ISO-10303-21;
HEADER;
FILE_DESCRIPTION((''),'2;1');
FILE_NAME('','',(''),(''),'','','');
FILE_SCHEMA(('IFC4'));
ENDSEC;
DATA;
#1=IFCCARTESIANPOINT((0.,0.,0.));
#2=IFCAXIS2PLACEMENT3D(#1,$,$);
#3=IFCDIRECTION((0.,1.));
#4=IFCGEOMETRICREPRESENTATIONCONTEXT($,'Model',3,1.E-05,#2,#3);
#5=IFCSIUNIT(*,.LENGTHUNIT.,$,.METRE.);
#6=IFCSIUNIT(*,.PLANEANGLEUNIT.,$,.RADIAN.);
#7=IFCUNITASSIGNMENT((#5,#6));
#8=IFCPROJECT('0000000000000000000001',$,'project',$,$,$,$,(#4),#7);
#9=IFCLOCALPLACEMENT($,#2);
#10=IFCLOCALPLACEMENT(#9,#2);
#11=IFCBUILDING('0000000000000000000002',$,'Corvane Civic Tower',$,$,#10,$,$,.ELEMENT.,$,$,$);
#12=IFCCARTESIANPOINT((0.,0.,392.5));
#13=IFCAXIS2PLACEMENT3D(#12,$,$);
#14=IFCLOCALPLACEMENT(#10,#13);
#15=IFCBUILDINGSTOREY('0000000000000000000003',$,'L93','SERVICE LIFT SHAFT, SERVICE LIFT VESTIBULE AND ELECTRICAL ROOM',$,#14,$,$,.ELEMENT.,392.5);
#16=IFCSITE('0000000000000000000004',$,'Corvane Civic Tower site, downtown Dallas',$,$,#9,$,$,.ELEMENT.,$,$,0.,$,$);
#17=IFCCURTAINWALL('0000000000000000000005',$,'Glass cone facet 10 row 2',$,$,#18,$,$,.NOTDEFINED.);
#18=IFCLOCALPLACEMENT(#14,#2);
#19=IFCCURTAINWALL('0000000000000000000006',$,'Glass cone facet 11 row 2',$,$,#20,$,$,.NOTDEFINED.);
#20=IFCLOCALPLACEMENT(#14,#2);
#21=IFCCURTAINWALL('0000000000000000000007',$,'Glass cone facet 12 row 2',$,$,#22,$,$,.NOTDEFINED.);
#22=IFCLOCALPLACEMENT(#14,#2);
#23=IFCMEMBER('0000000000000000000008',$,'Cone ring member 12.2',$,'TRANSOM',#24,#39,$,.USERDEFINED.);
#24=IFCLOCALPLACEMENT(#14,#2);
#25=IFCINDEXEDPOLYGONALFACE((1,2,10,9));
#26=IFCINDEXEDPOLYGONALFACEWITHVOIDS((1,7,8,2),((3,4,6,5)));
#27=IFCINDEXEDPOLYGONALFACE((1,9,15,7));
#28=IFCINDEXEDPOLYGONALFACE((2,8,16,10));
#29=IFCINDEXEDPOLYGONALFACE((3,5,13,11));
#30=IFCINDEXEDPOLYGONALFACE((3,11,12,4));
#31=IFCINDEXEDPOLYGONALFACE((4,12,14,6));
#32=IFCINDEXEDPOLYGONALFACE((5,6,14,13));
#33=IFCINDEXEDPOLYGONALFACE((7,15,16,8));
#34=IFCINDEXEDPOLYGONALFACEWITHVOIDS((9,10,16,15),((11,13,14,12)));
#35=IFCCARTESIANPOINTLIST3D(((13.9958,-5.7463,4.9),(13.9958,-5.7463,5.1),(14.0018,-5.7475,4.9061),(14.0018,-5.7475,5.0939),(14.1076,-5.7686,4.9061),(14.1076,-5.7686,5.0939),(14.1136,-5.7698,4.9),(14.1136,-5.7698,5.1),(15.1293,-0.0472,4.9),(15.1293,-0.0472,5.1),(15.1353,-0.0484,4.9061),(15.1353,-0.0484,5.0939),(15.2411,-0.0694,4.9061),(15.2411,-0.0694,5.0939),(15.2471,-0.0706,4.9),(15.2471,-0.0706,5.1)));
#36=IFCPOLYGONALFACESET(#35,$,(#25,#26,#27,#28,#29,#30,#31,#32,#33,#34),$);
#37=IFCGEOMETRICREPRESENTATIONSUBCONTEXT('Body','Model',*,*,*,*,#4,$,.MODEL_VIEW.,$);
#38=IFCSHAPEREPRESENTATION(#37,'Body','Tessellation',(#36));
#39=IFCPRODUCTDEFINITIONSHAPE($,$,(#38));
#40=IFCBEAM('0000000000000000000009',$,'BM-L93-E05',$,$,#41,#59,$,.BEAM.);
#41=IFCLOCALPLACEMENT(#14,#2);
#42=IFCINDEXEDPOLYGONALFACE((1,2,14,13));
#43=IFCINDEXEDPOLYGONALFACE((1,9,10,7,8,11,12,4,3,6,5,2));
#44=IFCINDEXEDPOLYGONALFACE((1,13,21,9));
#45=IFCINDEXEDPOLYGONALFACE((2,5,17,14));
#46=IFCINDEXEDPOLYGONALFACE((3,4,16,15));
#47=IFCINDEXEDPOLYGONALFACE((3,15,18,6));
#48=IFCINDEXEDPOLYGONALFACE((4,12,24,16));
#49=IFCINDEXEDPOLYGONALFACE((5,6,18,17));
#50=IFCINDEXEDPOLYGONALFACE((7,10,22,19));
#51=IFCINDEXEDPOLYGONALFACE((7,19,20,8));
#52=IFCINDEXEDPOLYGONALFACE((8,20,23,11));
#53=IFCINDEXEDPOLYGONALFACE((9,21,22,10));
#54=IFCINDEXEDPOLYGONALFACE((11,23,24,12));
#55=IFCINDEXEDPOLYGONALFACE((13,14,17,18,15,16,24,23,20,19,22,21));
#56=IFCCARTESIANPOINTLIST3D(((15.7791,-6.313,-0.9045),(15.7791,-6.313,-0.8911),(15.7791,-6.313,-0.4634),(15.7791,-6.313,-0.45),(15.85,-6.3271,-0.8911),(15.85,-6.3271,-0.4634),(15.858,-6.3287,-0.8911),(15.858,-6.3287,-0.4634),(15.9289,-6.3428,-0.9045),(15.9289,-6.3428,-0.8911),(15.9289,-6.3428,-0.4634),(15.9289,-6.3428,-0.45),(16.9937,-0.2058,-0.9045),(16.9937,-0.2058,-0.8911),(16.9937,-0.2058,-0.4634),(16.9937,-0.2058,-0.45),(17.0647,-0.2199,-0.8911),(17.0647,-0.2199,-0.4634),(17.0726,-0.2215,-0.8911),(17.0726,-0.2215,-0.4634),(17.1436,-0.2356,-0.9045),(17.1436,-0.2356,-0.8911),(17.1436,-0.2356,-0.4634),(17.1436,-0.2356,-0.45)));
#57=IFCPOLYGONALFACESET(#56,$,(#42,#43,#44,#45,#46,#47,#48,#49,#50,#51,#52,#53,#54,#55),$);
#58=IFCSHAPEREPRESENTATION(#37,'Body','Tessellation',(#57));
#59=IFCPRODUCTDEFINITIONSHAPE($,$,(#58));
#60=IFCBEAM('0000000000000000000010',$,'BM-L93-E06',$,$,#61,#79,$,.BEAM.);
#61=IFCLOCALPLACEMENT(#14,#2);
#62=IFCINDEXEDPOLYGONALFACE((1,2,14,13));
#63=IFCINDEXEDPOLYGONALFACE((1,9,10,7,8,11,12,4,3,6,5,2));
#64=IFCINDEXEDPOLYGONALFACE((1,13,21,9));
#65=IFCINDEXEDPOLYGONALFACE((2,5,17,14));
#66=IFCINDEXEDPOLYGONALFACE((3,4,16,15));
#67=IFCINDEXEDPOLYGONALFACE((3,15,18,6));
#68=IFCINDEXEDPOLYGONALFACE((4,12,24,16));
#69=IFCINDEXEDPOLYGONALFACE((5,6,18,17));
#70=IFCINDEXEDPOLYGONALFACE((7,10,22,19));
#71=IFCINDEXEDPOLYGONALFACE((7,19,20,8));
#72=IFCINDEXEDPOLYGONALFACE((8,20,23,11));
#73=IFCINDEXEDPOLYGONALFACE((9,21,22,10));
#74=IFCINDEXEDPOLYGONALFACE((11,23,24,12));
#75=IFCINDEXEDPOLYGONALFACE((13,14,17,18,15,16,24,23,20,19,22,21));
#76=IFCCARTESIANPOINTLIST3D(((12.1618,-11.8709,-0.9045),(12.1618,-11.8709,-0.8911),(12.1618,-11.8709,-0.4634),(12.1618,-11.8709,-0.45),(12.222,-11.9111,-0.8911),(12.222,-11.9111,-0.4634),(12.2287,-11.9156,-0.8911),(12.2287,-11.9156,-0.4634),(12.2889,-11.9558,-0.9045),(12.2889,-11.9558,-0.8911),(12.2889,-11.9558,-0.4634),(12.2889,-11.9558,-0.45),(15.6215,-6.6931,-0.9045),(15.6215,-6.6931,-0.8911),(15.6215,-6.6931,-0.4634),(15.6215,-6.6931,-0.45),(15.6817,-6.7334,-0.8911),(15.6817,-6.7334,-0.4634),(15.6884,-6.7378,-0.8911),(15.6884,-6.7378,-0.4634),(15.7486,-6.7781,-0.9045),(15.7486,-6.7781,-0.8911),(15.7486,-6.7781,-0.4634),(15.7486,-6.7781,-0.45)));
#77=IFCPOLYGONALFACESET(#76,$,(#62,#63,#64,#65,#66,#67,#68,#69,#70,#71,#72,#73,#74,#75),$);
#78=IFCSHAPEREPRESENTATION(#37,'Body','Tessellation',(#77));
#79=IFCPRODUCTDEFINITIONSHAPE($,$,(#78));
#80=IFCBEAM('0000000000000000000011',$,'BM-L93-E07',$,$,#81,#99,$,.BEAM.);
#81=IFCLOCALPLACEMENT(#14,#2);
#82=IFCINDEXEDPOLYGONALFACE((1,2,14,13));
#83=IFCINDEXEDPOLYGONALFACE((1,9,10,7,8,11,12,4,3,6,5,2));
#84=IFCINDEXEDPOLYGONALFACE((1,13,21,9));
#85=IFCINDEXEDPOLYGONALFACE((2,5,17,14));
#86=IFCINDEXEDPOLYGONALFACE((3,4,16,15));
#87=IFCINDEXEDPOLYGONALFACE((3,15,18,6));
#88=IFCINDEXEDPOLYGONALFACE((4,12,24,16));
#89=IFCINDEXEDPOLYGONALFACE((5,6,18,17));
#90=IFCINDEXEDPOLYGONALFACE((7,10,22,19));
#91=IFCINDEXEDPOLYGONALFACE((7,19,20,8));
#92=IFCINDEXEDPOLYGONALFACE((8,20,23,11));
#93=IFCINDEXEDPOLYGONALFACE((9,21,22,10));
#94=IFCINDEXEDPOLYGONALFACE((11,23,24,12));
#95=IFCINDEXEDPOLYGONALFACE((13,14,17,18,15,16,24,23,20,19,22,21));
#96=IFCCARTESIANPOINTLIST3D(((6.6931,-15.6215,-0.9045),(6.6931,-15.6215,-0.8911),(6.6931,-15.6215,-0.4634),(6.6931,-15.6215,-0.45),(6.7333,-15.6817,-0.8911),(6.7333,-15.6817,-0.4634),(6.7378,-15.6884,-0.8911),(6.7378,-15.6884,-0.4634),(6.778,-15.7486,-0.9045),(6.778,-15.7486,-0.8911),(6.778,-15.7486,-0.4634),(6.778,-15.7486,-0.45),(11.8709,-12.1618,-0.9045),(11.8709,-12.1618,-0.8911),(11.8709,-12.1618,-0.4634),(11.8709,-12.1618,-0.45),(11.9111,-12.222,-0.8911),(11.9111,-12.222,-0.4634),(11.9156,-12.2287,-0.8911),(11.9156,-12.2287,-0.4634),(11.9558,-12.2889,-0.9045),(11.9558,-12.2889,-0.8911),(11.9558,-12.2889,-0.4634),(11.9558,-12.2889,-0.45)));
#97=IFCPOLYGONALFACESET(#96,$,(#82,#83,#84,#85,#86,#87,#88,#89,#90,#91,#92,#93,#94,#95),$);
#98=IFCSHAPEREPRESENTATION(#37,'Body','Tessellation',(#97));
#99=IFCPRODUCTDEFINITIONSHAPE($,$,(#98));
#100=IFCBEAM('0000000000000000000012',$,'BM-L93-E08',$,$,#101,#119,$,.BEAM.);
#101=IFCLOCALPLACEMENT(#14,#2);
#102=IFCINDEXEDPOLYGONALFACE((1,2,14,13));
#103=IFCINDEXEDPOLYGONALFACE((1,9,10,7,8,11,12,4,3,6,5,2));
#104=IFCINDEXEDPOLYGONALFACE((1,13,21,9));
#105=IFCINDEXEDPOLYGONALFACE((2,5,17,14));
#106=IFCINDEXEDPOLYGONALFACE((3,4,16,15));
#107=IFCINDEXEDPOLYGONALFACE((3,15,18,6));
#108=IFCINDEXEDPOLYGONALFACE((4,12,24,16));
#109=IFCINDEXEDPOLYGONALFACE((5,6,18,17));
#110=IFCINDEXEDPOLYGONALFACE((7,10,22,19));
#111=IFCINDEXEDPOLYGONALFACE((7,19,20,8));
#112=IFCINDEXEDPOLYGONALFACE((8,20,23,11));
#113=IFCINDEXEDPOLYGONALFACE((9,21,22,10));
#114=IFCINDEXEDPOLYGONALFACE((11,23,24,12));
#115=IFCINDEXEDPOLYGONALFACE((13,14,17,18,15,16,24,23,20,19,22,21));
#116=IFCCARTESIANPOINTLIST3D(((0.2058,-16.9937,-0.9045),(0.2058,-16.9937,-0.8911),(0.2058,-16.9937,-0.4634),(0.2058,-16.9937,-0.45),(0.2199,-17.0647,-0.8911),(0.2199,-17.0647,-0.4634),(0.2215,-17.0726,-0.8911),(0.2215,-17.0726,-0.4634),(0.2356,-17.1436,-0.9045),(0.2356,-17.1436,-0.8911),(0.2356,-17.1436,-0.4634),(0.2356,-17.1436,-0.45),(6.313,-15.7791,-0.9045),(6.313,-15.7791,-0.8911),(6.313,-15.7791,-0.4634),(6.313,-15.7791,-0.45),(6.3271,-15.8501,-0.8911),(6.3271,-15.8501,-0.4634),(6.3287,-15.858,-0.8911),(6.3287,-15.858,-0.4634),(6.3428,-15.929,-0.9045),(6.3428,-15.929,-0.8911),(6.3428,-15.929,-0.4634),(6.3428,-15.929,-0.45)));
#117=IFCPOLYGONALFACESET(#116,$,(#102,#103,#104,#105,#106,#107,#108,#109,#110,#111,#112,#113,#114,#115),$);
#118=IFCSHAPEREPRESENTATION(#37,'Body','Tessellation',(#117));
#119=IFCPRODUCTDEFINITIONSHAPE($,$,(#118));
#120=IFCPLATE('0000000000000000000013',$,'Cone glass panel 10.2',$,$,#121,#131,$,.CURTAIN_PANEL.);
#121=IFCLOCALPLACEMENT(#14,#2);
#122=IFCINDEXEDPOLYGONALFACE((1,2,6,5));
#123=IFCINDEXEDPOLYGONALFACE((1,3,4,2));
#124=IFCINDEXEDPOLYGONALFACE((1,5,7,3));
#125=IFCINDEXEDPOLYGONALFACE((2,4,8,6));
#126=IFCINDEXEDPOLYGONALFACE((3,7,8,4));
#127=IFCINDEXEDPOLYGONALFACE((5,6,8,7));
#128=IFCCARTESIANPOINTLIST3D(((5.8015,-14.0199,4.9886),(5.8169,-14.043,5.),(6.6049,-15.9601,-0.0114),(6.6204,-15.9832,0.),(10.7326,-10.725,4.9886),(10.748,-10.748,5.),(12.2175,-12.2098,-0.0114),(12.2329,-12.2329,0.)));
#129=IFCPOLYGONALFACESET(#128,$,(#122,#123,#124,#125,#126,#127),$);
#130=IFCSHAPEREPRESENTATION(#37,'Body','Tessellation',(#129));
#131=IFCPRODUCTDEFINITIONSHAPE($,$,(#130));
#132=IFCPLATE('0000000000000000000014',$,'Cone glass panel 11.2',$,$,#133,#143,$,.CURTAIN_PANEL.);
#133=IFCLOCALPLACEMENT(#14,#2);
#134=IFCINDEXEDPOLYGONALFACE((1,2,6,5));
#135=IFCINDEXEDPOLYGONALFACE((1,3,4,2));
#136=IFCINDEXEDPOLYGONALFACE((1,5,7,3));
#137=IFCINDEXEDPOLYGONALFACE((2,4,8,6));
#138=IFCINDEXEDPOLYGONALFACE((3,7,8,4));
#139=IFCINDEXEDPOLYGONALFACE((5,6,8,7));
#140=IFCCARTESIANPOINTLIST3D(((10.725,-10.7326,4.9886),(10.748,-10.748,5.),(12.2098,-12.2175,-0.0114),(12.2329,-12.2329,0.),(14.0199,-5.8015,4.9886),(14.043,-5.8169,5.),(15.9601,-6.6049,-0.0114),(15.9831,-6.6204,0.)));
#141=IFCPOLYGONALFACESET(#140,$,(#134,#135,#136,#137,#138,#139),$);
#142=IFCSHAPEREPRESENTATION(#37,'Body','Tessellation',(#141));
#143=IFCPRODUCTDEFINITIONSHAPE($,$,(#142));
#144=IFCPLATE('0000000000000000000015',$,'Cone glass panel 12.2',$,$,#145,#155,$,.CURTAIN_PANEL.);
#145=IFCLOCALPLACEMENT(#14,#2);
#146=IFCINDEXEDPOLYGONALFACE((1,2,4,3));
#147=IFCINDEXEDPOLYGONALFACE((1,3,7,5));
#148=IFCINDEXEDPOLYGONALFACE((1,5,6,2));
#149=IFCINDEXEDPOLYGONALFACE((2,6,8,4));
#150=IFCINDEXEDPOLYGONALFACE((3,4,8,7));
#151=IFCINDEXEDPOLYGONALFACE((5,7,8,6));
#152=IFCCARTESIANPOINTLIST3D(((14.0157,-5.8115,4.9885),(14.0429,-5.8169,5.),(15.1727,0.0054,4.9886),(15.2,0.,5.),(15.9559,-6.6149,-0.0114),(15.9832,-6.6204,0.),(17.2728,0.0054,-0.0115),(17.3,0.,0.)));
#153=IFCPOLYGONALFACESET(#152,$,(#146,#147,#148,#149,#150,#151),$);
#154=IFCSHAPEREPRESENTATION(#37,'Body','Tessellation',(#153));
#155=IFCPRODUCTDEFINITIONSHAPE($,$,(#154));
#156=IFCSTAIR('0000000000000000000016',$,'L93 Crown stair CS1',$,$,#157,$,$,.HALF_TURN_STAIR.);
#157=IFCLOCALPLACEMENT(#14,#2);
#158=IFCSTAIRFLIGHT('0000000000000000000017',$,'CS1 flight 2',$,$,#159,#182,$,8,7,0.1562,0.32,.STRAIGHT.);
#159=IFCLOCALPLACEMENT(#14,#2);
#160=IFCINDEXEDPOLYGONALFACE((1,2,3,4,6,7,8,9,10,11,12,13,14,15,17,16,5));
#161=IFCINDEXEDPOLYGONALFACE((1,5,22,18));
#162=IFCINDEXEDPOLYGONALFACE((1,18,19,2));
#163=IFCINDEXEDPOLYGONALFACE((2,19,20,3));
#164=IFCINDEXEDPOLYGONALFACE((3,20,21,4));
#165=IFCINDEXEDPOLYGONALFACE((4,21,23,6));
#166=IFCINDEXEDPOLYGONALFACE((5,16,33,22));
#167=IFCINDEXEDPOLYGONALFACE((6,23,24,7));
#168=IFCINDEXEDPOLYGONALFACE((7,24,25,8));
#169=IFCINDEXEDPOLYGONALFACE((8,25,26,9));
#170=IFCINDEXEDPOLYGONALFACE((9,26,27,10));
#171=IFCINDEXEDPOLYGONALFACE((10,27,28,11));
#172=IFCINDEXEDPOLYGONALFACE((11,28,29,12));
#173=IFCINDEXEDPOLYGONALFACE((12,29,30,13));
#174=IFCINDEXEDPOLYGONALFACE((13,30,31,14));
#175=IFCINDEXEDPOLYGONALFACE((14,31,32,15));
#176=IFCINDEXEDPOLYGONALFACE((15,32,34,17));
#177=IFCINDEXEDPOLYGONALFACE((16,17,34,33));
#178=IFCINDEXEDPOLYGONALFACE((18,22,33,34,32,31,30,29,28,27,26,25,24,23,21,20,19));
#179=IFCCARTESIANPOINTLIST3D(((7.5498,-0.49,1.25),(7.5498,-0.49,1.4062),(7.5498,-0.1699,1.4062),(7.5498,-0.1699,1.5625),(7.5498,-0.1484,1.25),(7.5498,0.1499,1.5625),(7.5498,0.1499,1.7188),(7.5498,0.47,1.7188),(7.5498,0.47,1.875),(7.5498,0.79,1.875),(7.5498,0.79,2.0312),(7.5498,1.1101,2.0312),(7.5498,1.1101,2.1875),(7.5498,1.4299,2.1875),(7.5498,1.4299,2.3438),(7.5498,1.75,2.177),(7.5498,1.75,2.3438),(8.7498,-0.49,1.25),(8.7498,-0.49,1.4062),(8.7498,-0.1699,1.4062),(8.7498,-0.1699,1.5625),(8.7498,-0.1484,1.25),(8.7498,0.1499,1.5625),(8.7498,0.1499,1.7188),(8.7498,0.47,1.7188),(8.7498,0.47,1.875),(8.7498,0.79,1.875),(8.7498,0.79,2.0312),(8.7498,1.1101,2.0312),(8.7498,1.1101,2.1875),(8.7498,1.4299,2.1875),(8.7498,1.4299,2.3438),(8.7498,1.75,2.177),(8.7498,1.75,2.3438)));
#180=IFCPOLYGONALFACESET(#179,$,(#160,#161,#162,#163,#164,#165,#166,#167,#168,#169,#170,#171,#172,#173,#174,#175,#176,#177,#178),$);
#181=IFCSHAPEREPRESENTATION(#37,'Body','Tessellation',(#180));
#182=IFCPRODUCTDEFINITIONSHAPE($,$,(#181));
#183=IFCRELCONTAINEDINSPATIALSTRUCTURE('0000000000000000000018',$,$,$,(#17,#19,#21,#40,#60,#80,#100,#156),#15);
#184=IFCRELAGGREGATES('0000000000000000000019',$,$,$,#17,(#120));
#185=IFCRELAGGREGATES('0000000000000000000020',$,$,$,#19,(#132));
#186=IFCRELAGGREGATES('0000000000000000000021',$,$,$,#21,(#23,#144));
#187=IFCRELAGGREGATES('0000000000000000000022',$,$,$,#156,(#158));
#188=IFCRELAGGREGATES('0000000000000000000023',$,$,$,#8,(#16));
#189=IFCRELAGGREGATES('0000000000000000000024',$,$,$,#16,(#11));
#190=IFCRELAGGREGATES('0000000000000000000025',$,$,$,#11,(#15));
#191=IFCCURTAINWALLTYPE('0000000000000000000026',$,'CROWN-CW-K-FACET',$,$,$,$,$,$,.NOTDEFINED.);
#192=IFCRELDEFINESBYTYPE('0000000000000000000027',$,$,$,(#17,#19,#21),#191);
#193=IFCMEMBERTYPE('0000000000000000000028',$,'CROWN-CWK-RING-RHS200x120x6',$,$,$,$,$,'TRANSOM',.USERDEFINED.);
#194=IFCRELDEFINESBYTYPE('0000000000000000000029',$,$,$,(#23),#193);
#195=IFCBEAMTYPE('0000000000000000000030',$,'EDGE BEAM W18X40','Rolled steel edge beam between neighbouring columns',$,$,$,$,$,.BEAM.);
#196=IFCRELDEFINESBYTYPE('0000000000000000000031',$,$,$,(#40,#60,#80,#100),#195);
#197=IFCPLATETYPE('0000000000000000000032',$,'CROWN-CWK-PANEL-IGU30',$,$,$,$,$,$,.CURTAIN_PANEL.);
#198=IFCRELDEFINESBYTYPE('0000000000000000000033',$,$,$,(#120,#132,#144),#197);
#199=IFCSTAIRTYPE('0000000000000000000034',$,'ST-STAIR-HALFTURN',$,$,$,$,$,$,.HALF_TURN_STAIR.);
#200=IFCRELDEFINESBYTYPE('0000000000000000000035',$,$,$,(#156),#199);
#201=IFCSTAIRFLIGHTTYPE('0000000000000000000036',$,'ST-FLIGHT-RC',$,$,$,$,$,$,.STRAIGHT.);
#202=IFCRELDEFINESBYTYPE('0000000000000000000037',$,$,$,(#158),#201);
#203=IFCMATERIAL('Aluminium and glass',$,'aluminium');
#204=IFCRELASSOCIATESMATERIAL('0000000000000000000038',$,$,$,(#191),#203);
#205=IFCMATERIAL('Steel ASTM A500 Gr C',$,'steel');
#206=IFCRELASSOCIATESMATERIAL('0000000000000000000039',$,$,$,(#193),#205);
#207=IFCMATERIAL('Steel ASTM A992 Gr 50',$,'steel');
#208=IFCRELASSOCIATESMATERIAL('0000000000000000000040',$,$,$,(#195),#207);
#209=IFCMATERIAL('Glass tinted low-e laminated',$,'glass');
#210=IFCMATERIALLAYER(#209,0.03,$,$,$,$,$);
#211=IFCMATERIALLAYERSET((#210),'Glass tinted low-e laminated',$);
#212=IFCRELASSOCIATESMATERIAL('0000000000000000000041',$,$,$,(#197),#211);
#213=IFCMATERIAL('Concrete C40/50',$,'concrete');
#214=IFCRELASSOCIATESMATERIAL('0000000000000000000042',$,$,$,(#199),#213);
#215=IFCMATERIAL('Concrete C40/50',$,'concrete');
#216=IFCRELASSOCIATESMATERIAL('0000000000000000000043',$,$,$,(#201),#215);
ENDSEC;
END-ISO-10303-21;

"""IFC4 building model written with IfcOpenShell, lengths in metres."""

from ifc_helpers import new_model, si_unit, direction, frame, origin, origin_2d, place, context, subcontext, project, spatial, polyline, hollow_rectangle, i_section, outline, extrude, material, layer, layer_set, material_profile, profile_set, type_object, element, aggregate, save


model = new_model("IFC4")

# Units and contexts
model_context = context("Model", 3, precision=1e-05, world=origin(), true_north=direction((0.0, 1.0)))
body_context = subcontext(model_context, "Body", "Model", "MODEL_VIEW")
ifc_project = project(units=[si_unit("LENGTHUNIT", "METRE"), si_unit("PLANEANGLEUNIT", "RADIAN")], contexts=[model_context])

# Site, building, storey
site_placement = place(None, origin())
site = spatial("IfcSite", under=ifc_project, at=site_placement, Name="Corvane Civic Tower site, downtown Dallas", CompositionType="ELEMENT", RefElevation=0.0)
building_placement = place(site_placement, origin())
building = spatial("IfcBuilding", under=site, at=building_placement, Name="Corvane Civic Tower", CompositionType="ELEMENT")
storey_placement = place(building_placement, frame((0.0, 0.0, 392.5)))
storey = spatial("IfcBuildingStorey", under=building, at=storey_placement, Name="L93", Description="SERVICE LIFT SHAFT, SERVICE LIFT VESTIBULE AND ELECTRICAL ROOM", CompositionType="ELEMENT", Elevation=392.5)

# Shared definitions
ifc_material_1 = material(Name="Aluminium and glass", Category="aluminium")
curtain_wall_type = type_object("IfcCurtainWallType", Name="CROWN-CW-K-FACET", PredefinedType="NOTDEFINED", material=ifc_material_1)

# Curtain walls
curtain_wall_1_placement = place(storey_placement, origin())
curtain_wall_1 = element("IfcCurtainWall", 1, at=curtain_wall_1_placement, inside=storey, type_object=curtain_wall_type, Name="Glass cone facet 10 row 2", PredefinedType="NOTDEFINED")
curtain_wall_2_placement = place(storey_placement, origin())
curtain_wall_2 = element("IfcCurtainWall", 2, at=curtain_wall_2_placement, inside=storey, type_object=curtain_wall_type, Name="Glass cone facet 11 row 2", PredefinedType="NOTDEFINED")
curtain_wall_3_placement = place(storey_placement, origin())
curtain_wall_3 = element("IfcCurtainWall", 3, at=curtain_wall_3_placement, inside=storey, type_object=curtain_wall_type, Name="Glass cone facet 12 row 2", PredefinedType="NOTDEFINED")

# Member
ifc_material_2 = material(Name="Steel ASTM A500 Gr C", Category="steel")
ifc_material_profile_1 = material_profile(ifc_material_2, hollow_rectangle(XDim=0.1201, YDim=0.2, WallThickness=0.0061, at=origin_2d()), Name="RHS 200x120x6")
ifc_profile_set_1 = profile_set([ifc_material_profile_1], Name="Steel ASTM A500 Gr C")
member_type_1 = type_object("IfcMemberType", Name="CROWN-CWK-RING-RHS200x120x6", ElementType="TRANSOM", PredefinedType="USERDEFINED", material=ifc_profile_set_1)
member_1_placement = place(storey_placement, frame((14.0547, -5.7581, 5.0), z_axis=(0.195074, 0.980789, 0.0), x_axis=(-0.980789, 0.195074, 0.0)))
member_1 = element("IfcMember", 4, at=member_1_placement, type_object=member_type_1, Name="Cone ring member 12.2", ObjectType="TRANSOM", PredefinedType="USERDEFINED", context=body_context, shape_type="SweptSolid", body=[
    extrude(hollow_rectangle(XDim=0.1201, YDim=0.2, WallThickness=0.0061, at=origin_2d()), origin(), (0.0, 0.0, 1.0), 5.8108),
])

# Beams
ifc_material_3 = material(Name="Steel ASTM A992 Gr 50", Category="steel")
ifc_material_profile_2 = material_profile(ifc_material_3, i_section(OverallWidth=0.1528, OverallDepth=0.4546, WebThickness=0.0081, FlangeThickness=0.0134, at=origin_2d()), Name="W18X40")
ifc_profile_set_2 = profile_set([ifc_material_profile_2], Name="Steel ASTM A992 Gr 50")
beam_type = type_object("IfcBeamType", Name="EDGE BEAM W18X40", Description="Rolled steel edge beam between neighbouring columns", PredefinedType="BEAM", material=ifc_profile_set_2)
beam_1_placement = place(storey_placement, frame((17.0686, -0.2207, -0.6772), z_axis=(-0.19506, -0.980791, 0.0), x_axis=(0.980791, -0.19506, 0.0)))
element("IfcBeam", 5, at=beam_1_placement, inside=storey, type_object=beam_type, Name="BM-L93-E05", PredefinedType="BEAM", context=body_context, shape_type="SweptSolid", body=[
    extrude(i_section(OverallWidth=0.1528, OverallDepth=0.4546, WebThickness=0.0081, FlangeThickness=0.0134, at=origin_2d()), origin(), (0.0, 0.0, 1.0), 6.2268),
])
for number, where, z_axis, x_axis, name in (
    (6, (15.6851, -6.7356, -0.6772), (-0.555577, -0.831465, 0.0), (0.831465, -0.555577, 0.0), "BM-L93-E06"),
    (7, (11.9133, -12.2253, -0.6772), (-0.831465, -0.555577, 0.0), (0.555577, -0.831465, 0.0), "BM-L93-E07"),
):
    element("IfcBeam", number, at=place(storey_placement, frame(where, z_axis=z_axis, x_axis=x_axis)), inside=storey, type_object=beam_type, Name=name, PredefinedType="BEAM", context=body_context, shape_type="SweptSolid", body=[
        extrude(i_section(OverallWidth=0.1528, OverallDepth=0.4546, WebThickness=0.0081, FlangeThickness=0.0134, at=origin_2d()), origin(), (0.0, 0.0, 1.0), 6.2273),
    ])
beam_2_placement = place(storey_placement, frame((6.3279, -15.854, -0.6772), z_axis=(-0.980791, -0.19506, 0.0), x_axis=(0.19506, -0.980791, 0.0)))
element("IfcBeam", 8, at=beam_2_placement, inside=storey, type_object=beam_type, Name="BM-L93-E08", PredefinedType="BEAM", context=body_context, shape_type="SweptSolid", body=[
    extrude(i_section(OverallWidth=0.1528, OverallDepth=0.4546, WebThickness=0.0081, FlangeThickness=0.0134, at=origin_2d()), origin(), (0.0, 0.0, 1.0), 6.2268),
])

# Plates
ifc_material_4 = material(Name="Glass tinted low-e laminated", Category="glass")
ifc_layer = layer(ifc_material_4, 0.03)
ifc_layer_set = layer_set([ifc_layer], Name="Glass tinted low-e laminated")
plate_type = type_object("IfcPlateType", Name="CROWN-CWK-PANEL-IGU30", PredefinedType="CURTAIN_PANEL", material=ifc_layer_set)
plate_1_placement = place(storey_placement, frame((6.6204, -15.9832, 0.0), z_axis=(0.513701, -0.768798, 0.380869), x_axis=(0.831466, 0.555575, 0.0)))
plate_1 = element("IfcPlate", 9, at=plate_1_placement, type_object=plate_type, Name="Cone glass panel 10.2", PredefinedType="CURTAIN_PANEL", context=body_context, shape_type="SweptSolid", body=[
    extrude(outline(polyline([(0.0, 0.0), (6.7502, 0.0), (6.3405, 5.4076), (0.4099, 5.4076), (0.0, 0.0)])), origin(), (0.0, 0.0, -1.0), 0.03),
])
aggregate(curtain_wall_1, [plate_1])
plate_2_placement = place(storey_placement, frame((12.2329, -12.2329, 0.0), z_axis=(0.768798, -0.513701, 0.380869), x_axis=(0.555575, 0.831466, 0.0)))
plate_2 = element("IfcPlate", 10, at=plate_2_placement, type_object=plate_type, Name="Cone glass panel 11.2", PredefinedType="CURTAIN_PANEL", context=body_context, shape_type="SweptSolid", body=[
    extrude(outline(polyline([(0.0, 0.0), (6.7502, 0.0), (6.3403, 5.4076), (0.4097, 5.4076), (0.0, 0.0)])), origin(), (0.0, 0.0, -1.0), 0.03),
])
aggregate(curtain_wall_2, [plate_2])
plate_3_placement = place(storey_placement, frame((15.9832, -6.6204, 0.0), z_axis=(0.906855, -0.180381, 0.380888), x_axis=(0.195088, 0.980786, -0.000002)))
plate_3 = element("IfcPlate", 11, at=plate_3_placement, type_object=plate_type, Name="Cone glass panel 12.2", PredefinedType="CURTAIN_PANEL", context=body_context, shape_type="SweptSolid", body=[
    extrude(outline(polyline([(0.0, 0.0), (6.7501, 0.0), (6.3404, 5.4076), (0.4095, 5.4076), (0.0, 0.0)])), origin(), (0.0, 0.0, -1.0), 0.03),
])
aggregate(curtain_wall_3, [member_1, plate_3])

# Stair, stair flight
ifc_material_5 = material(Name="Concrete C40/50", Category="concrete")
stair_type = type_object("IfcStairType", Name="ST-STAIR-HALFTURN", PredefinedType="HALF_TURN_STAIR", material=ifc_material_5)
stair_placement = place(storey_placement, origin())
stair = element("IfcStair", 12, at=stair_placement, inside=storey, type_object=stair_type, Name="L93 Crown stair CS1", PredefinedType="HALF_TURN_STAIR")
ifc_material_6 = material(Name="Concrete C40/50", Category="concrete")
stair_flight_type = type_object("IfcStairFlightType", Name="ST-FLIGHT-RC", PredefinedType="STRAIGHT", material=ifc_material_6)
stair_flight_1_placement = place(storey_placement, frame((8.1499, -0.49, 1.25), z_axis=(0.0, 0.0, 1.0), x_axis=(0.0, 1.0, 0.0)))
stair_flight_1 = element("IfcStairFlight", 13, at=stair_flight_1_placement, type_object=stair_flight_type, Name="CS1 flight 2", NumberOfRisers=8, NumberOfTreads=7, PredefinedType="STRAIGHT", RiserHeight=0.1562, TreadLength=0.32, context=body_context, shape_type="SweptSolid", body=[
    extrude(outline(polyline([(0.0, 0.0), (0.0, 0.1562), (0.3201, 0.1562), (0.3201, 0.3125), (0.6399, 0.3125), (0.6399, 0.4688), (0.96, 0.4688), (0.96, 0.625), (1.28, 0.625), (1.28, 0.7812), (1.6001, 0.7812), (1.6001, 0.9375), (1.9199, 0.9375), (1.9199, 1.0938), (2.24, 1.0938), (2.24, 1.25), (2.24, 0.927), (0.3416, 0.0), (0.0, 0.0)])), frame((0.0, 0.6001, 0.0), z_axis=(0.0, -1.0, 0.0), x_axis=(1.0, 0.0, 0.0)), (0.0, 0.0, 1.0), 1.2),
])
aggregate(stair, [stair_flight_1])

save(model, "model.ifc")
